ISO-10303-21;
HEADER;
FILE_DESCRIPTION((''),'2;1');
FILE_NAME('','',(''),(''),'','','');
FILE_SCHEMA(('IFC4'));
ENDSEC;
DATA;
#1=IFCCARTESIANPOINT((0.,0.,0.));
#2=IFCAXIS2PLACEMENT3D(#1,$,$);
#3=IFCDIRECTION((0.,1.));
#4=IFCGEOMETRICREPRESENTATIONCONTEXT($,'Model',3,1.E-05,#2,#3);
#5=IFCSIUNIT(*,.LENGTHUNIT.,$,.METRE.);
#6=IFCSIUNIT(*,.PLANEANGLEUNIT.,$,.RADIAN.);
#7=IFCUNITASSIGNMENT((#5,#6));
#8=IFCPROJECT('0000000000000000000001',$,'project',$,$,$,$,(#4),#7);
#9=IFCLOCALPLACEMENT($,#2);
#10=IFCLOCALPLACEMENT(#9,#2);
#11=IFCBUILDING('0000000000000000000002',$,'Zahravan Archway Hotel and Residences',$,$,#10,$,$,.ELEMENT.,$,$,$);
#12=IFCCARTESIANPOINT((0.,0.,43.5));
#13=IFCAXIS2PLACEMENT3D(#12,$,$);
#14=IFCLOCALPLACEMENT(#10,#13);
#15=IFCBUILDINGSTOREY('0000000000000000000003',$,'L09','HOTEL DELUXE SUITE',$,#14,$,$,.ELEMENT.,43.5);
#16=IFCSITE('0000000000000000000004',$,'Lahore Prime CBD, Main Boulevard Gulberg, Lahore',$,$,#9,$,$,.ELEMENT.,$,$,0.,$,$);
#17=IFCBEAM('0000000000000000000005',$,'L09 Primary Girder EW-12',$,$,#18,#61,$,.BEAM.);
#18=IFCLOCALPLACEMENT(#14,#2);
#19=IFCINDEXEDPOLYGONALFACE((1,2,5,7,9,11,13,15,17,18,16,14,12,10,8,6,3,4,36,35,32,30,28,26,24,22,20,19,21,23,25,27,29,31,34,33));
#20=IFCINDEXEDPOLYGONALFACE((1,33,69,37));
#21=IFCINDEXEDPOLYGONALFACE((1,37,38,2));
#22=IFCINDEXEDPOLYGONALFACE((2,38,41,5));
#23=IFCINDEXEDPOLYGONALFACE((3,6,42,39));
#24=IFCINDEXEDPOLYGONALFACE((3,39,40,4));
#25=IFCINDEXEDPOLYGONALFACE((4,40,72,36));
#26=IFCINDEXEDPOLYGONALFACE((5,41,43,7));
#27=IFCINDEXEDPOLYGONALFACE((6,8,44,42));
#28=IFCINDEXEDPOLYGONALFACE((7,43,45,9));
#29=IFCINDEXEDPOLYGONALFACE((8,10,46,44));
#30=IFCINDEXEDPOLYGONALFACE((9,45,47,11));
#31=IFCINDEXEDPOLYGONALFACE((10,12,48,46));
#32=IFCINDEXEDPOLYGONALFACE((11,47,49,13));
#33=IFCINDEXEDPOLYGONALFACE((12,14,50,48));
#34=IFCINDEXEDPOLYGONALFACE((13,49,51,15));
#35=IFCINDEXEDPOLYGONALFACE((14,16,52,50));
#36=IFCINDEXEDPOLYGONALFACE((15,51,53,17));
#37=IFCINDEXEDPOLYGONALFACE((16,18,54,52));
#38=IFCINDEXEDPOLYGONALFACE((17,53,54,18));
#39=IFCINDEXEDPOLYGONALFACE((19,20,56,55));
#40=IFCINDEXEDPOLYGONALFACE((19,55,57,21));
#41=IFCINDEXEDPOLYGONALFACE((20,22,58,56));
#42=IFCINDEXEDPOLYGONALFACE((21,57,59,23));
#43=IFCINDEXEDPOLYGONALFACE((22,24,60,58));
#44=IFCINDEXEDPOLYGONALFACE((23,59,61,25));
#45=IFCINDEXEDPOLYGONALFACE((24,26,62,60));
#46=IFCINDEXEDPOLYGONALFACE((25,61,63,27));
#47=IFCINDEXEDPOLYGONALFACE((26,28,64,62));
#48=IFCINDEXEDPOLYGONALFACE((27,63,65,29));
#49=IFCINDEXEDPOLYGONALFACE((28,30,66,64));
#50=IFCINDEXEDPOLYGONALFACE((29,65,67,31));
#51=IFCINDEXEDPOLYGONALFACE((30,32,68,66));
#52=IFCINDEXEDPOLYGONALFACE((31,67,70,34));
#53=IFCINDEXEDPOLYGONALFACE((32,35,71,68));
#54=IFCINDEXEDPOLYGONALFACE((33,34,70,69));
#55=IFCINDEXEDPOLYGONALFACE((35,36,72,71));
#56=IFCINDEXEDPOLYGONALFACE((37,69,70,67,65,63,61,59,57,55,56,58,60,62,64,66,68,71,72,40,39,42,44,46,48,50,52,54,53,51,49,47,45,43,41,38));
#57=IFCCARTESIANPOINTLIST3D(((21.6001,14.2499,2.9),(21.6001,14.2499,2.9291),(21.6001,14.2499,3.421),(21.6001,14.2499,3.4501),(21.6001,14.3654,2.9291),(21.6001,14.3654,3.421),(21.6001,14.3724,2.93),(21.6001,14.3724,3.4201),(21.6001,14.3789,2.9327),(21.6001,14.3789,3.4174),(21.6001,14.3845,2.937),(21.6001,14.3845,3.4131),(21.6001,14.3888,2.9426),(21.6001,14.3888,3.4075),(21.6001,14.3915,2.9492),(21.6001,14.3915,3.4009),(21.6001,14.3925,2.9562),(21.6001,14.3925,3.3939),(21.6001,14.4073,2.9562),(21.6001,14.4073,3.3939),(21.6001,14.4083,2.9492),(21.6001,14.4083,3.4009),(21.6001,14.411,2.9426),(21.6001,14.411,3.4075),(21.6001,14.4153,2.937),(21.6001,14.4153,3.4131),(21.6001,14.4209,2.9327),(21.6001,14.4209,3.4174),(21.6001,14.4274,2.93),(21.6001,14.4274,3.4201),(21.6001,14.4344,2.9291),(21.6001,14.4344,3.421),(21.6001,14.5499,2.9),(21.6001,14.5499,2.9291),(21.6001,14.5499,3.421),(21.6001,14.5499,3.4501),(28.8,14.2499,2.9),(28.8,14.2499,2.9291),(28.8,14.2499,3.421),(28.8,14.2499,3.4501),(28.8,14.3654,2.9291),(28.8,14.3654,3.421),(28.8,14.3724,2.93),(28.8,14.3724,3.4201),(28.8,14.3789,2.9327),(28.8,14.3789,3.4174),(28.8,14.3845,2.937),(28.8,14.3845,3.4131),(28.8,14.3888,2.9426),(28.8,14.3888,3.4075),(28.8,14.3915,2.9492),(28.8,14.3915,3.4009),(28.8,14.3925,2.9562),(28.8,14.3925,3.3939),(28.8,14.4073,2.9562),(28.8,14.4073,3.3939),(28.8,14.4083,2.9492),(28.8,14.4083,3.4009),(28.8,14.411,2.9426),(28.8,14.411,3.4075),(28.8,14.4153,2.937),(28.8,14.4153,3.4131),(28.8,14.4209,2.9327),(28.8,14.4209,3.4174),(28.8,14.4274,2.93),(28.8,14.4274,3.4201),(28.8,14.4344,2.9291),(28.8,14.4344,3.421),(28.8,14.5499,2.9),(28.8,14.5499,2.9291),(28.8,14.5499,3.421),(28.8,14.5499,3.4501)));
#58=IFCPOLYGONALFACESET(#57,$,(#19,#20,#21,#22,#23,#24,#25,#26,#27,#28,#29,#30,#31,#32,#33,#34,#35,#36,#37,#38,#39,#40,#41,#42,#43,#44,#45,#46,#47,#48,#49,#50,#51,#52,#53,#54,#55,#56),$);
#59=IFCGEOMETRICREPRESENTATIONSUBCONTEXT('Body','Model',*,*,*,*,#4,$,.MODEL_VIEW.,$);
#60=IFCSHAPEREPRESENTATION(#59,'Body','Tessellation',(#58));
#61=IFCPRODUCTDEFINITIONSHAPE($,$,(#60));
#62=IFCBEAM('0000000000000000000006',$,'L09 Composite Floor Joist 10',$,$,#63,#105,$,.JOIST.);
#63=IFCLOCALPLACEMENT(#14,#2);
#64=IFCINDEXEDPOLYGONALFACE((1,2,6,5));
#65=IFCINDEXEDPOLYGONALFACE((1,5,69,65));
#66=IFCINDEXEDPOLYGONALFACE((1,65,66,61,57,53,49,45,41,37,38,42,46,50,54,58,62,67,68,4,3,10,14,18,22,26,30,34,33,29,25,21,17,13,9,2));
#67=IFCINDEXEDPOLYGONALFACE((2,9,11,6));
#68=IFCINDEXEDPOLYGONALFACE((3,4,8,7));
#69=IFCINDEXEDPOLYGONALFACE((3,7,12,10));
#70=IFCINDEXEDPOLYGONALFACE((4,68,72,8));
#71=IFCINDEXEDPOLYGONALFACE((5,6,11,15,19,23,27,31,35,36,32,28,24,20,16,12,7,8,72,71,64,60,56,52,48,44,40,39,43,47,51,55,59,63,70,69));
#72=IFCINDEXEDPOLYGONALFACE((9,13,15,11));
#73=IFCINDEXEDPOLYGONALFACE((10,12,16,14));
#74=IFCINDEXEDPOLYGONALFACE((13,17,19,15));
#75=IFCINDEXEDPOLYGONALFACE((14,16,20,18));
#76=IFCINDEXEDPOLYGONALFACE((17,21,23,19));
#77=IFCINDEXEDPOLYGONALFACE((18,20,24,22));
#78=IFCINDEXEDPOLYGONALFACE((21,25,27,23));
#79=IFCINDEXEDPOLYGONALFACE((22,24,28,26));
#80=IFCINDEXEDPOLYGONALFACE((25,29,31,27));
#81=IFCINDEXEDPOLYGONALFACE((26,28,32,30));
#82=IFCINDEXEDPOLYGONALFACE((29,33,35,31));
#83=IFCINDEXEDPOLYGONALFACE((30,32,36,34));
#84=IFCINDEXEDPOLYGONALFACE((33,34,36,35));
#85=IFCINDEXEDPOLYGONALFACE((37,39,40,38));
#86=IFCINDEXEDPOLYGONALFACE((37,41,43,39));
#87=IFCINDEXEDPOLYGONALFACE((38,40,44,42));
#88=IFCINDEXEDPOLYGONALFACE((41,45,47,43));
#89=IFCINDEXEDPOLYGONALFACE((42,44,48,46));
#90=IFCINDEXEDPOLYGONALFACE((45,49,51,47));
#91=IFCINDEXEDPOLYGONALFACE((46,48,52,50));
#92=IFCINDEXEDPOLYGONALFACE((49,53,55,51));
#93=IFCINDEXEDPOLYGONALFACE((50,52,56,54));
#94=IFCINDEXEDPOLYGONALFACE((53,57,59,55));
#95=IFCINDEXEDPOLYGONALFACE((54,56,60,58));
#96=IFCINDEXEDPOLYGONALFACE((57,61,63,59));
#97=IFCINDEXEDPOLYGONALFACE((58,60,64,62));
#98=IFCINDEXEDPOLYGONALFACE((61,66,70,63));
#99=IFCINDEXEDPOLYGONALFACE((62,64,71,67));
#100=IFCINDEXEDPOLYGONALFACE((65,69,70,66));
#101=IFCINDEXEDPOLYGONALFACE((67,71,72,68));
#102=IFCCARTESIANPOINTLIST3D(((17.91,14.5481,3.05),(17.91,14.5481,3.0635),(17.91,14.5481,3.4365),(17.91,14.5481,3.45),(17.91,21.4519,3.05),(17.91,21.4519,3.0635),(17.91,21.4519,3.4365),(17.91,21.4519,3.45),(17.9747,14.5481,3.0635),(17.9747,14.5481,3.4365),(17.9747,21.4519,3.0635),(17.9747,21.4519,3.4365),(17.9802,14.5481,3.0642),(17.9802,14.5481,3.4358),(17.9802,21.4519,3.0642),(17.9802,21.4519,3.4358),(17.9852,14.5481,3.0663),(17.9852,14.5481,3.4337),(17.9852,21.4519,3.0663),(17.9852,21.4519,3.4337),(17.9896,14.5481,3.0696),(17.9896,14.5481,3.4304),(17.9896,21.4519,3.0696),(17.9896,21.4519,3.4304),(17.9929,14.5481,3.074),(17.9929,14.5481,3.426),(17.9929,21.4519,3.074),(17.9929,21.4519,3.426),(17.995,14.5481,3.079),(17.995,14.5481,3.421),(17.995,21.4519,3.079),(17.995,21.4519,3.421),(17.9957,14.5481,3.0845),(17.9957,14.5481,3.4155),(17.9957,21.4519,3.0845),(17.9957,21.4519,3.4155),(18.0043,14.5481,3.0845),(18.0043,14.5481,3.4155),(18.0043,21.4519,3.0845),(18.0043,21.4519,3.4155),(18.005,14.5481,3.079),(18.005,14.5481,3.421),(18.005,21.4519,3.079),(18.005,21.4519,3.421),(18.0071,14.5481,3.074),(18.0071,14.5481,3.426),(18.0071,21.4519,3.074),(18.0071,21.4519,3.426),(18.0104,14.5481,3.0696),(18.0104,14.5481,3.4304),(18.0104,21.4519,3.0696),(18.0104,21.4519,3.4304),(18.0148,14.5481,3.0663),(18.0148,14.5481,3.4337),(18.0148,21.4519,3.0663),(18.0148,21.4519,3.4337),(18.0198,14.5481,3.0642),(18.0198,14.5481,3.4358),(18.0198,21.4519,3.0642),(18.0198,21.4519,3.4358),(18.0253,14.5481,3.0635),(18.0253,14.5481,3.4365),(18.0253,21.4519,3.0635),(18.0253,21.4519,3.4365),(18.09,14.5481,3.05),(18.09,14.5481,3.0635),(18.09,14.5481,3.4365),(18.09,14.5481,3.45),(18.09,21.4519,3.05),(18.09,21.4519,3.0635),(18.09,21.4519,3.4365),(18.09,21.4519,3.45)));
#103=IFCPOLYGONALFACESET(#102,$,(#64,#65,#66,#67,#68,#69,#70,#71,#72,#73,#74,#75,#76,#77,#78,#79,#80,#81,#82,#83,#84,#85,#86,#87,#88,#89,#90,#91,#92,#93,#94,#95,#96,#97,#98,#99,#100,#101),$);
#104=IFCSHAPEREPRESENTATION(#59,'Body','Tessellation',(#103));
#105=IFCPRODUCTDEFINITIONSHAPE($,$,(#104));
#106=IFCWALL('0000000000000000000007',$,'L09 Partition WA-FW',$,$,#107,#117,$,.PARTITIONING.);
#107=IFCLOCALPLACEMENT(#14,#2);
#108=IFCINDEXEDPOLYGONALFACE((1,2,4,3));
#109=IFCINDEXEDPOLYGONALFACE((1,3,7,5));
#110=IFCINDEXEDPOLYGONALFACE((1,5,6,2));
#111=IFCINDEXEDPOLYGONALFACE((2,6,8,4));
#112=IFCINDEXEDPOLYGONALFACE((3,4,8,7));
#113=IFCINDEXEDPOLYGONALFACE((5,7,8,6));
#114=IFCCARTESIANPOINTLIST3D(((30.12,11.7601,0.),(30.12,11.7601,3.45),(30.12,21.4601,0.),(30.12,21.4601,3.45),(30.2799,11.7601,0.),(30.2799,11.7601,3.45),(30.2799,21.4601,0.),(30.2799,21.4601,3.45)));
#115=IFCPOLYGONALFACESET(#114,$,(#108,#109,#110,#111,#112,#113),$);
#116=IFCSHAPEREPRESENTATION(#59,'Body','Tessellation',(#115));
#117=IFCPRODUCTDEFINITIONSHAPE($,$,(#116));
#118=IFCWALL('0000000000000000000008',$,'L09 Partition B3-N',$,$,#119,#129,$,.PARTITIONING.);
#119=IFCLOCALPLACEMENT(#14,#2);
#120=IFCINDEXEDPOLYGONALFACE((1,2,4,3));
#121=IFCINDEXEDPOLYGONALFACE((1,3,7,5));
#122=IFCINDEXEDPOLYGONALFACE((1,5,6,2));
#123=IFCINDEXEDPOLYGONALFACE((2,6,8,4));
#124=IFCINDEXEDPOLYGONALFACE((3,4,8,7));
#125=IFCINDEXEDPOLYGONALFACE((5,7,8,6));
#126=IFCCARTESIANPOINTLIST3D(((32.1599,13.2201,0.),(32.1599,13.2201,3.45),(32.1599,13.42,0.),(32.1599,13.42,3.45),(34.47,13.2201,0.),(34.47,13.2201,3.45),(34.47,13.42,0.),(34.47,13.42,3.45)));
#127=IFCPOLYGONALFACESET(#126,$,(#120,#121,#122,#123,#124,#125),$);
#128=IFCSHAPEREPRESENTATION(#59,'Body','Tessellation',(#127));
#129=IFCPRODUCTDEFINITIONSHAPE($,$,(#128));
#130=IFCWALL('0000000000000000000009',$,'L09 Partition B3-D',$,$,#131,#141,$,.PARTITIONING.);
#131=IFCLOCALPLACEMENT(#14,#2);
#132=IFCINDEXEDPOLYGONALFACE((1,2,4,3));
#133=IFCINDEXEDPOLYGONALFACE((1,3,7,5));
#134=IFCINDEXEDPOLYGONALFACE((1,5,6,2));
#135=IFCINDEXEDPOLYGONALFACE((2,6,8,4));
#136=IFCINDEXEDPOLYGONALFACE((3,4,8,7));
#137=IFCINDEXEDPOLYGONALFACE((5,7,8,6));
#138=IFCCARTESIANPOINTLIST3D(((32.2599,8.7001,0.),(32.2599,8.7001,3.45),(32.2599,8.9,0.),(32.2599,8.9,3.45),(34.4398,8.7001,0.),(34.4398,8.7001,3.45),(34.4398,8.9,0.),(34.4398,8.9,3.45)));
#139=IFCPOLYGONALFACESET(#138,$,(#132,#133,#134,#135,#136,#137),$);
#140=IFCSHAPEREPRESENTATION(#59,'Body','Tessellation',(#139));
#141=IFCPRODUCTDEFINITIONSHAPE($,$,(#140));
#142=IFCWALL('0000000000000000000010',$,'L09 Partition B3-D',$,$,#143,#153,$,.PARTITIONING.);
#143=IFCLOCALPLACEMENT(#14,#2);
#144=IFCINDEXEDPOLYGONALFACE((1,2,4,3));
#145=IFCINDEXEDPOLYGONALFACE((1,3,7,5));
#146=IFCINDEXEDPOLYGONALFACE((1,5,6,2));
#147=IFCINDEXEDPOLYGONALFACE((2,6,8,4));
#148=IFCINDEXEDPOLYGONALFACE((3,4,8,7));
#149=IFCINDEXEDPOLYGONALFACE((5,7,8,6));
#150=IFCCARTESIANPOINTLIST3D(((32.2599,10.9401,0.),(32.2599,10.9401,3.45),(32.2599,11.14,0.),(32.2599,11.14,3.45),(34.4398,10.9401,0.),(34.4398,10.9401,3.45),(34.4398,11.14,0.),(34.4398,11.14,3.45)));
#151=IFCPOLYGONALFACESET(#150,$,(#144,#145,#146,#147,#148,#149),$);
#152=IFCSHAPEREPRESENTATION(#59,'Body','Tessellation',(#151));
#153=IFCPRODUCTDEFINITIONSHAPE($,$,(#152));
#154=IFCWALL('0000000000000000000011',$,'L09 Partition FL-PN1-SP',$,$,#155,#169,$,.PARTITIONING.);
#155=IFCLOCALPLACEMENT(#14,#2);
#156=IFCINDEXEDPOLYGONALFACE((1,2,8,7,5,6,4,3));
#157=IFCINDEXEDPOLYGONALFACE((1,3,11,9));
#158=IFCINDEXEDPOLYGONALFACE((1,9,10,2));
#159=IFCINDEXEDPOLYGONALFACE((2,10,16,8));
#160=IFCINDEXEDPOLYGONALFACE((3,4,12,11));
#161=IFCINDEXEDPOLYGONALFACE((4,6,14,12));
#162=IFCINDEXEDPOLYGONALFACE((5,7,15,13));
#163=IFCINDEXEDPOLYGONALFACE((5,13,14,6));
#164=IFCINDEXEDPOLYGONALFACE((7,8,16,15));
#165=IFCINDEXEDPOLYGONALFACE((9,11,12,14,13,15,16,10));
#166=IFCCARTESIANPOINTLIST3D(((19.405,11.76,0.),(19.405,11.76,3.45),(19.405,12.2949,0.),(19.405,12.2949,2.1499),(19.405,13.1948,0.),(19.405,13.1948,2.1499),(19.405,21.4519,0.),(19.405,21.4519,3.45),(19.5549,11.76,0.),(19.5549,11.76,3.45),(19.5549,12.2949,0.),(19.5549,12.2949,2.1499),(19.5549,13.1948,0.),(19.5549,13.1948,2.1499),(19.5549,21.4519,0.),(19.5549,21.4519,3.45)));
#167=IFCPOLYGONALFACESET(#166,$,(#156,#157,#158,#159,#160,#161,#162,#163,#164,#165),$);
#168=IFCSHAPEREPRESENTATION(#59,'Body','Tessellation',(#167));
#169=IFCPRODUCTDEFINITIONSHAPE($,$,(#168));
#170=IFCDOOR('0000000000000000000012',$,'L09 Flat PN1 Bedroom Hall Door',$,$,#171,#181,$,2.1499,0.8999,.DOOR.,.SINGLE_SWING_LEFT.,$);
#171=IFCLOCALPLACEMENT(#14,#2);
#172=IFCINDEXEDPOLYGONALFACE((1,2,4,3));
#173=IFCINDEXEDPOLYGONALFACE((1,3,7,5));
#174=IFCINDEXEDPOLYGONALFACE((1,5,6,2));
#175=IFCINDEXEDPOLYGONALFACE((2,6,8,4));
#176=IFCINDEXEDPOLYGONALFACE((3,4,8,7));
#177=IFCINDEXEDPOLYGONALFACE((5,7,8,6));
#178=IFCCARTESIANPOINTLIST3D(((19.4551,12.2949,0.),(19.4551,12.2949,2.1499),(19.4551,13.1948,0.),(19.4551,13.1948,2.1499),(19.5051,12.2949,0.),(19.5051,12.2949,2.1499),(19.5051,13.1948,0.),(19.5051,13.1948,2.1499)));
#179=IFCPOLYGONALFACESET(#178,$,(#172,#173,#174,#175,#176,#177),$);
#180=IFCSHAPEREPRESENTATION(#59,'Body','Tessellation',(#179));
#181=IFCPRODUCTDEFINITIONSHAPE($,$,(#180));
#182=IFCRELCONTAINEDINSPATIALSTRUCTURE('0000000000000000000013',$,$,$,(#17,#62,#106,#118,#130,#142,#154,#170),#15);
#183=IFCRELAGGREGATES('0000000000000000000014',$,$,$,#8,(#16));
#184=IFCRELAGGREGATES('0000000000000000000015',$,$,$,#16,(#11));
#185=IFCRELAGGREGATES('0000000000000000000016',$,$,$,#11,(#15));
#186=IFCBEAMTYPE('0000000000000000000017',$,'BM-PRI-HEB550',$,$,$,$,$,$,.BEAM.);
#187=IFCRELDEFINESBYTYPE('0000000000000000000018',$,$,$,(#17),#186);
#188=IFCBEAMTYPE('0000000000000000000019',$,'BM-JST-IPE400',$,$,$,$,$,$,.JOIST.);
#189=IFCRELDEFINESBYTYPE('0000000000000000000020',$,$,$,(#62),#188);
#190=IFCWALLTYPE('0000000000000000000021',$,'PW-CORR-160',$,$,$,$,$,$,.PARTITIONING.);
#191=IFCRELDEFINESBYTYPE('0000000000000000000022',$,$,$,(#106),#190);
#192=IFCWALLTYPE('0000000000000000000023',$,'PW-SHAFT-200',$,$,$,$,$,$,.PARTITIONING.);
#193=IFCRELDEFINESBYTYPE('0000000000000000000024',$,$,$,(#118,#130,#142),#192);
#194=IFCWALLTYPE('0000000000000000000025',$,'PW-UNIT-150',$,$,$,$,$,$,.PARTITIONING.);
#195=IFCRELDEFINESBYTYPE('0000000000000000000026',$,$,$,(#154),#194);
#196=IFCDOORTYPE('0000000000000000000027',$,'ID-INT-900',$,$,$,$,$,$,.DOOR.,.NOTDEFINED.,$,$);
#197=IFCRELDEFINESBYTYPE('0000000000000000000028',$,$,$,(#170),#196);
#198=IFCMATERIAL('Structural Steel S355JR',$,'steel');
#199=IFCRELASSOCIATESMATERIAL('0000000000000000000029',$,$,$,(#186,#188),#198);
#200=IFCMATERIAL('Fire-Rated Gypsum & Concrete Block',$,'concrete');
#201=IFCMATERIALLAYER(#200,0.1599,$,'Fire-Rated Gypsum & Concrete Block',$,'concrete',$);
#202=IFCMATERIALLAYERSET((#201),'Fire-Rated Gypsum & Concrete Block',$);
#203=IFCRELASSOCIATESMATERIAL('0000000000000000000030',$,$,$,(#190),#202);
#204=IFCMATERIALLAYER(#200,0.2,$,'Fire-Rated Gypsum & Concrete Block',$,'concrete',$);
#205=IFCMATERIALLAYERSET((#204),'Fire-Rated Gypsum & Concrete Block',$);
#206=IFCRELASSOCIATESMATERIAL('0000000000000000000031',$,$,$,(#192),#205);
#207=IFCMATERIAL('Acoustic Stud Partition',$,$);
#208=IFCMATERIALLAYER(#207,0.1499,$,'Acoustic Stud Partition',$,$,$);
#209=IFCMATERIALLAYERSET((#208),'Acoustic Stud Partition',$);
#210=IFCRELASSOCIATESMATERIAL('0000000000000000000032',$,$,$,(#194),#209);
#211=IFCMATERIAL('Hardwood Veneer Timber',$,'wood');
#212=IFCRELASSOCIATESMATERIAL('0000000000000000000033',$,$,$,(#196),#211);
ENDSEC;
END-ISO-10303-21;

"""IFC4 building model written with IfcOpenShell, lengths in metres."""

from ifc_helpers import new_model, si_unit, direction, frame, frame_2d, origin, origin_2d, place, context, subcontext, project, spatial, rectangle, i_section, extrude, source, transform, mapped, material, layer, layer_set, material_profile, profile_set, type_object, type_shapes, element, fill, save


model = new_model("IFC4")

# Units and contexts
model_context = context("Model", 3, precision=1e-05, world=origin(), true_north=direction((0.0, 1.0)))
body_context = subcontext(model_context, "Body", "Model", "MODEL_VIEW")
ifc_project = project(units=[si_unit("LENGTHUNIT", "METRE"), si_unit("PLANEANGLEUNIT", "RADIAN")], contexts=[model_context])

# Site, building, storey
site_placement = place(None, origin())
site = spatial("IfcSite", under=ifc_project, at=site_placement, Name="Lahore Prime CBD, Main Boulevard Gulberg, Lahore", CompositionType="ELEMENT", RefElevation=0.0)
building_placement = place(site_placement, origin())
building = spatial("IfcBuilding", under=site, at=building_placement, Name="Zahravan Archway Hotel and Residences", CompositionType="ELEMENT")
storey_placement = place(building_placement, frame((0.0, 0.0, 43.5)))
storey = spatial("IfcBuildingStorey", under=building, at=storey_placement, Name="L09", Description="HOTEL DELUXE SUITE", CompositionType="ELEMENT", Elevation=43.5)

# Beams
ifc_material_1 = material(Name="Structural Steel S355JR", Category="steel")
ifc_material_profile_1 = material_profile(ifc_material_1, i_section(OverallWidth=0.3, OverallDepth=0.55, WebThickness=0.0149, FlangeThickness=0.0291, FilletRadius=0.0271, at=origin_2d()), Name="HEB 550", Category="steel")
ifc_profile_set_1 = profile_set([ifc_material_profile_1], Name="Structural Steel S355JR")
beam_type_1 = type_object("IfcBeamType", Name="BM-PRI-HEB550", PredefinedType="BEAM", material=ifc_profile_set_1)
shared_shape_1 = source(origin(), body_context, "Body", "SweptSolid", [
    extrude(i_section(OverallWidth=0.3, OverallDepth=0.55, WebThickness=0.0149, FlangeThickness=0.0291, FilletRadius=0.0271, at=origin_2d()), origin(), (0.0, 0.0, 1.0), 7.2),
])
beam_1_placement = place(storey_placement, frame((21.6001, 14.3999, 3.175), z_axis=(1.0, 0.0, 0.0), x_axis=(0.0, 1.0, 0.0)))
element("IfcBeam", 1, at=beam_1_placement, inside=storey, type_object=beam_type_1, Name="L09 Primary Girder EW-12", PredefinedType="BEAM", context=body_context, shape_type="MappedRepresentation", body=[
    mapped(shared_shape_1, transform((0.0, 0.0, 0.0), scale=1.0)),
])
ifc_material_profile_2 = material_profile(ifc_material_1, i_section(OverallWidth=0.1799, OverallDepth=0.3999, WebThickness=0.0085, FlangeThickness=0.0134, FilletRadius=0.021, at=origin_2d()), Name="IPE 400", Category="steel")
ifc_profile_set_2 = profile_set([ifc_material_profile_2], Name="Structural Steel S355JR")
beam_type_2 = type_object("IfcBeamType", Name="BM-JST-IPE400", PredefinedType="JOIST", material=ifc_profile_set_2)
shared_shape_2 = source(origin(), body_context, "Body", "SweptSolid", [
    extrude(i_section(OverallWidth=0.1799, OverallDepth=0.3999, WebThickness=0.0085, FlangeThickness=0.0134, FilletRadius=0.021, at=origin_2d()), origin(), (0.0, 0.0, 1.0), 6.9038),
])
beam_2_placement = place(storey_placement, frame((18.0, 14.5481, 3.25), z_axis=(0.0, 1.0, 0.0), x_axis=(-1.0, 0.0, 0.0)))
element("IfcBeam", 2, at=beam_2_placement, inside=storey, type_object=beam_type_2, Name="L09 Composite Floor Joist 10", PredefinedType="JOIST", context=body_context, shape_type="MappedRepresentation", body=[
    mapped(shared_shape_2, transform((0.0, 0.0, 0.0), scale=1.0)),
])

# Walls
ifc_material_2 = material(Name="Fire-Rated Gypsum & Concrete Block", Category="concrete")
ifc_layer_1 = layer(ifc_material_2, 0.1599, Name="Fire-Rated Gypsum & Concrete Block", Category="concrete")
ifc_layer_set_1 = layer_set([ifc_layer_1], Name="Fire-Rated Gypsum & Concrete Block")
wall_type_1 = type_object("IfcWallType", Name="PW-CORR-160", PredefinedType="PARTITIONING", material=ifc_layer_set_1)
wall_1_placement = place(storey_placement, frame((30.2, 11.76, 0.0), z_axis=(0.0, 0.0, 1.0), x_axis=(0.0, 1.0, 0.0)))
element("IfcWall", 3, at=wall_1_placement, inside=storey, type_object=wall_type_1, Name="L09 Partition WA-FW", PredefinedType="PARTITIONING", context=body_context, shape_type="SweptSolid", body=[
    extrude(rectangle(XDim=9.7, YDim=0.1599, at=frame_2d((4.8501, 0.0))), origin(), (0.0, 0.0, 1.0), 3.45),
])
ifc_layer_2 = layer(ifc_material_2, 0.2, Name="Fire-Rated Gypsum & Concrete Block", Category="concrete")
ifc_layer_set_2 = layer_set([ifc_layer_2], Name="Fire-Rated Gypsum & Concrete Block")
wall_type_2 = type_object("IfcWallType", Name="PW-SHAFT-200", PredefinedType="PARTITIONING", material=ifc_layer_set_2)
wall_2_placement = place(storey_placement, frame((32.1599, 13.3201, 0.0), z_axis=(0.0, 0.0, 1.0), x_axis=(1.0, 0.0, 0.0)))
element("IfcWall", 4, at=wall_2_placement, inside=storey, type_object=wall_type_2, Name="L09 Partition B3-N", PredefinedType="PARTITIONING", context=body_context, shape_type="SweptSolid", body=[
    extrude(rectangle(XDim=2.3101, YDim=0.2, at=frame_2d((1.155, 0.0))), origin(), (0.0, 0.0, 1.0), 3.45),
])
for number, where, z_axis, x_axis, name in (
    (5, (32.26, 8.8, 0.0), (0.0, 0.0, 1.0), (1.0, 0.0, 0.0), "L09 Partition B3-D"),
    (6, (32.26, 11.04, 0.0), (0.0, 0.0, 1.0), (1.0, 0.0, 0.0), "L09 Partition B3-D"),
):
    element("IfcWall", number, at=place(storey_placement, frame(where, z_axis=z_axis, x_axis=x_axis)), inside=storey, type_object=wall_type_2, Name=name, PredefinedType="PARTITIONING", context=body_context, shape_type="SweptSolid", body=[
        extrude(rectangle(XDim=2.1799, YDim=0.2, at=frame_2d((1.0898, 0.0))), origin(), (0.0, 0.0, 1.0), 3.45),
    ])

# Wall, opening, door
ifc_material_3 = material(Name="Acoustic Stud Partition")
ifc_layer_3 = layer(ifc_material_3, 0.1499, Name="Acoustic Stud Partition")
ifc_layer_set_3 = layer_set([ifc_layer_3], Name="Acoustic Stud Partition")
wall_type_3 = type_object("IfcWallType", Name="PW-UNIT-150", PredefinedType="PARTITIONING", material=ifc_layer_set_3)
wall_3_placement = place(storey_placement, frame((19.48, 11.76, 0.0), z_axis=(0.0, 0.0, 1.0), x_axis=(0.0, 1.0, 0.0)))
wall_3 = element("IfcWall", 7, at=wall_3_placement, inside=storey, type_object=wall_type_3, Name="L09 Partition FL-PN1-SP", PredefinedType="PARTITIONING", context=body_context, shape_type="SweptSolid", body=[
    extrude(rectangle(XDim=9.6919, YDim=0.1499, at=frame_2d((4.8459, 0.0))), origin(), (0.0, 0.0, 1.0), 3.45),
])
opening_1_placement = place(wall_3_placement, frame((0.5349, 0.0, 0.0)))
opening_1 = element("IfcOpeningElement", 8, at=opening_1_placement, cuts=wall_3, PredefinedType="OPENING", context=body_context, shape_type="SweptSolid", body=[
    extrude(rectangle(XDim=0.8999, YDim=2.1499, at=frame_2d((0.45, 1.075))), frame((0.0, 0.085, 0.0), z_axis=(0.0, -1.0, 0.0), x_axis=(1.0, 0.0, 0.0)), (0.0, 0.0, 1.0), 0.1699),
])
ifc_material_4 = material(Name="Hardwood Veneer Timber", Category="wood")
door_type_1 = type_object("IfcDoorType", Name="ID-INT-900", OperationType="NOTDEFINED", PredefinedType="DOOR", material=ifc_material_4)
shared_shape_3 = source(origin(), body_context, "Body", "SweptSolid", [
    extrude(rectangle(XDim=0.8999, YDim=2.1499, at=frame_2d((0.45, 1.075))), frame((0.0, 0.0249, 0.0), z_axis=(0.0, -1.0, 0.0), x_axis=(1.0, 0.0, 0.0)), (0.0, 0.0, 1.0), 0.05),
])
type_shapes(door_type_1, [shared_shape_3])
door_1_placement = place(opening_1_placement, origin())
door_1 = element("IfcDoor", 9, at=door_1_placement, inside=storey, type_object=door_type_1, Name="L09 Flat PN1 Bedroom Hall Door", OperationType="SINGLE_SWING_LEFT", OverallHeight=2.1499, OverallWidth=0.8999, PredefinedType="DOOR", context=body_context, shape_type="MappedRepresentation", body=[
    mapped(shared_shape_3, transform((0.0, 0.0, 0.0), scale=1.0)),
])
fill(opening_1, door_1)

save(model, "model.ifc")
